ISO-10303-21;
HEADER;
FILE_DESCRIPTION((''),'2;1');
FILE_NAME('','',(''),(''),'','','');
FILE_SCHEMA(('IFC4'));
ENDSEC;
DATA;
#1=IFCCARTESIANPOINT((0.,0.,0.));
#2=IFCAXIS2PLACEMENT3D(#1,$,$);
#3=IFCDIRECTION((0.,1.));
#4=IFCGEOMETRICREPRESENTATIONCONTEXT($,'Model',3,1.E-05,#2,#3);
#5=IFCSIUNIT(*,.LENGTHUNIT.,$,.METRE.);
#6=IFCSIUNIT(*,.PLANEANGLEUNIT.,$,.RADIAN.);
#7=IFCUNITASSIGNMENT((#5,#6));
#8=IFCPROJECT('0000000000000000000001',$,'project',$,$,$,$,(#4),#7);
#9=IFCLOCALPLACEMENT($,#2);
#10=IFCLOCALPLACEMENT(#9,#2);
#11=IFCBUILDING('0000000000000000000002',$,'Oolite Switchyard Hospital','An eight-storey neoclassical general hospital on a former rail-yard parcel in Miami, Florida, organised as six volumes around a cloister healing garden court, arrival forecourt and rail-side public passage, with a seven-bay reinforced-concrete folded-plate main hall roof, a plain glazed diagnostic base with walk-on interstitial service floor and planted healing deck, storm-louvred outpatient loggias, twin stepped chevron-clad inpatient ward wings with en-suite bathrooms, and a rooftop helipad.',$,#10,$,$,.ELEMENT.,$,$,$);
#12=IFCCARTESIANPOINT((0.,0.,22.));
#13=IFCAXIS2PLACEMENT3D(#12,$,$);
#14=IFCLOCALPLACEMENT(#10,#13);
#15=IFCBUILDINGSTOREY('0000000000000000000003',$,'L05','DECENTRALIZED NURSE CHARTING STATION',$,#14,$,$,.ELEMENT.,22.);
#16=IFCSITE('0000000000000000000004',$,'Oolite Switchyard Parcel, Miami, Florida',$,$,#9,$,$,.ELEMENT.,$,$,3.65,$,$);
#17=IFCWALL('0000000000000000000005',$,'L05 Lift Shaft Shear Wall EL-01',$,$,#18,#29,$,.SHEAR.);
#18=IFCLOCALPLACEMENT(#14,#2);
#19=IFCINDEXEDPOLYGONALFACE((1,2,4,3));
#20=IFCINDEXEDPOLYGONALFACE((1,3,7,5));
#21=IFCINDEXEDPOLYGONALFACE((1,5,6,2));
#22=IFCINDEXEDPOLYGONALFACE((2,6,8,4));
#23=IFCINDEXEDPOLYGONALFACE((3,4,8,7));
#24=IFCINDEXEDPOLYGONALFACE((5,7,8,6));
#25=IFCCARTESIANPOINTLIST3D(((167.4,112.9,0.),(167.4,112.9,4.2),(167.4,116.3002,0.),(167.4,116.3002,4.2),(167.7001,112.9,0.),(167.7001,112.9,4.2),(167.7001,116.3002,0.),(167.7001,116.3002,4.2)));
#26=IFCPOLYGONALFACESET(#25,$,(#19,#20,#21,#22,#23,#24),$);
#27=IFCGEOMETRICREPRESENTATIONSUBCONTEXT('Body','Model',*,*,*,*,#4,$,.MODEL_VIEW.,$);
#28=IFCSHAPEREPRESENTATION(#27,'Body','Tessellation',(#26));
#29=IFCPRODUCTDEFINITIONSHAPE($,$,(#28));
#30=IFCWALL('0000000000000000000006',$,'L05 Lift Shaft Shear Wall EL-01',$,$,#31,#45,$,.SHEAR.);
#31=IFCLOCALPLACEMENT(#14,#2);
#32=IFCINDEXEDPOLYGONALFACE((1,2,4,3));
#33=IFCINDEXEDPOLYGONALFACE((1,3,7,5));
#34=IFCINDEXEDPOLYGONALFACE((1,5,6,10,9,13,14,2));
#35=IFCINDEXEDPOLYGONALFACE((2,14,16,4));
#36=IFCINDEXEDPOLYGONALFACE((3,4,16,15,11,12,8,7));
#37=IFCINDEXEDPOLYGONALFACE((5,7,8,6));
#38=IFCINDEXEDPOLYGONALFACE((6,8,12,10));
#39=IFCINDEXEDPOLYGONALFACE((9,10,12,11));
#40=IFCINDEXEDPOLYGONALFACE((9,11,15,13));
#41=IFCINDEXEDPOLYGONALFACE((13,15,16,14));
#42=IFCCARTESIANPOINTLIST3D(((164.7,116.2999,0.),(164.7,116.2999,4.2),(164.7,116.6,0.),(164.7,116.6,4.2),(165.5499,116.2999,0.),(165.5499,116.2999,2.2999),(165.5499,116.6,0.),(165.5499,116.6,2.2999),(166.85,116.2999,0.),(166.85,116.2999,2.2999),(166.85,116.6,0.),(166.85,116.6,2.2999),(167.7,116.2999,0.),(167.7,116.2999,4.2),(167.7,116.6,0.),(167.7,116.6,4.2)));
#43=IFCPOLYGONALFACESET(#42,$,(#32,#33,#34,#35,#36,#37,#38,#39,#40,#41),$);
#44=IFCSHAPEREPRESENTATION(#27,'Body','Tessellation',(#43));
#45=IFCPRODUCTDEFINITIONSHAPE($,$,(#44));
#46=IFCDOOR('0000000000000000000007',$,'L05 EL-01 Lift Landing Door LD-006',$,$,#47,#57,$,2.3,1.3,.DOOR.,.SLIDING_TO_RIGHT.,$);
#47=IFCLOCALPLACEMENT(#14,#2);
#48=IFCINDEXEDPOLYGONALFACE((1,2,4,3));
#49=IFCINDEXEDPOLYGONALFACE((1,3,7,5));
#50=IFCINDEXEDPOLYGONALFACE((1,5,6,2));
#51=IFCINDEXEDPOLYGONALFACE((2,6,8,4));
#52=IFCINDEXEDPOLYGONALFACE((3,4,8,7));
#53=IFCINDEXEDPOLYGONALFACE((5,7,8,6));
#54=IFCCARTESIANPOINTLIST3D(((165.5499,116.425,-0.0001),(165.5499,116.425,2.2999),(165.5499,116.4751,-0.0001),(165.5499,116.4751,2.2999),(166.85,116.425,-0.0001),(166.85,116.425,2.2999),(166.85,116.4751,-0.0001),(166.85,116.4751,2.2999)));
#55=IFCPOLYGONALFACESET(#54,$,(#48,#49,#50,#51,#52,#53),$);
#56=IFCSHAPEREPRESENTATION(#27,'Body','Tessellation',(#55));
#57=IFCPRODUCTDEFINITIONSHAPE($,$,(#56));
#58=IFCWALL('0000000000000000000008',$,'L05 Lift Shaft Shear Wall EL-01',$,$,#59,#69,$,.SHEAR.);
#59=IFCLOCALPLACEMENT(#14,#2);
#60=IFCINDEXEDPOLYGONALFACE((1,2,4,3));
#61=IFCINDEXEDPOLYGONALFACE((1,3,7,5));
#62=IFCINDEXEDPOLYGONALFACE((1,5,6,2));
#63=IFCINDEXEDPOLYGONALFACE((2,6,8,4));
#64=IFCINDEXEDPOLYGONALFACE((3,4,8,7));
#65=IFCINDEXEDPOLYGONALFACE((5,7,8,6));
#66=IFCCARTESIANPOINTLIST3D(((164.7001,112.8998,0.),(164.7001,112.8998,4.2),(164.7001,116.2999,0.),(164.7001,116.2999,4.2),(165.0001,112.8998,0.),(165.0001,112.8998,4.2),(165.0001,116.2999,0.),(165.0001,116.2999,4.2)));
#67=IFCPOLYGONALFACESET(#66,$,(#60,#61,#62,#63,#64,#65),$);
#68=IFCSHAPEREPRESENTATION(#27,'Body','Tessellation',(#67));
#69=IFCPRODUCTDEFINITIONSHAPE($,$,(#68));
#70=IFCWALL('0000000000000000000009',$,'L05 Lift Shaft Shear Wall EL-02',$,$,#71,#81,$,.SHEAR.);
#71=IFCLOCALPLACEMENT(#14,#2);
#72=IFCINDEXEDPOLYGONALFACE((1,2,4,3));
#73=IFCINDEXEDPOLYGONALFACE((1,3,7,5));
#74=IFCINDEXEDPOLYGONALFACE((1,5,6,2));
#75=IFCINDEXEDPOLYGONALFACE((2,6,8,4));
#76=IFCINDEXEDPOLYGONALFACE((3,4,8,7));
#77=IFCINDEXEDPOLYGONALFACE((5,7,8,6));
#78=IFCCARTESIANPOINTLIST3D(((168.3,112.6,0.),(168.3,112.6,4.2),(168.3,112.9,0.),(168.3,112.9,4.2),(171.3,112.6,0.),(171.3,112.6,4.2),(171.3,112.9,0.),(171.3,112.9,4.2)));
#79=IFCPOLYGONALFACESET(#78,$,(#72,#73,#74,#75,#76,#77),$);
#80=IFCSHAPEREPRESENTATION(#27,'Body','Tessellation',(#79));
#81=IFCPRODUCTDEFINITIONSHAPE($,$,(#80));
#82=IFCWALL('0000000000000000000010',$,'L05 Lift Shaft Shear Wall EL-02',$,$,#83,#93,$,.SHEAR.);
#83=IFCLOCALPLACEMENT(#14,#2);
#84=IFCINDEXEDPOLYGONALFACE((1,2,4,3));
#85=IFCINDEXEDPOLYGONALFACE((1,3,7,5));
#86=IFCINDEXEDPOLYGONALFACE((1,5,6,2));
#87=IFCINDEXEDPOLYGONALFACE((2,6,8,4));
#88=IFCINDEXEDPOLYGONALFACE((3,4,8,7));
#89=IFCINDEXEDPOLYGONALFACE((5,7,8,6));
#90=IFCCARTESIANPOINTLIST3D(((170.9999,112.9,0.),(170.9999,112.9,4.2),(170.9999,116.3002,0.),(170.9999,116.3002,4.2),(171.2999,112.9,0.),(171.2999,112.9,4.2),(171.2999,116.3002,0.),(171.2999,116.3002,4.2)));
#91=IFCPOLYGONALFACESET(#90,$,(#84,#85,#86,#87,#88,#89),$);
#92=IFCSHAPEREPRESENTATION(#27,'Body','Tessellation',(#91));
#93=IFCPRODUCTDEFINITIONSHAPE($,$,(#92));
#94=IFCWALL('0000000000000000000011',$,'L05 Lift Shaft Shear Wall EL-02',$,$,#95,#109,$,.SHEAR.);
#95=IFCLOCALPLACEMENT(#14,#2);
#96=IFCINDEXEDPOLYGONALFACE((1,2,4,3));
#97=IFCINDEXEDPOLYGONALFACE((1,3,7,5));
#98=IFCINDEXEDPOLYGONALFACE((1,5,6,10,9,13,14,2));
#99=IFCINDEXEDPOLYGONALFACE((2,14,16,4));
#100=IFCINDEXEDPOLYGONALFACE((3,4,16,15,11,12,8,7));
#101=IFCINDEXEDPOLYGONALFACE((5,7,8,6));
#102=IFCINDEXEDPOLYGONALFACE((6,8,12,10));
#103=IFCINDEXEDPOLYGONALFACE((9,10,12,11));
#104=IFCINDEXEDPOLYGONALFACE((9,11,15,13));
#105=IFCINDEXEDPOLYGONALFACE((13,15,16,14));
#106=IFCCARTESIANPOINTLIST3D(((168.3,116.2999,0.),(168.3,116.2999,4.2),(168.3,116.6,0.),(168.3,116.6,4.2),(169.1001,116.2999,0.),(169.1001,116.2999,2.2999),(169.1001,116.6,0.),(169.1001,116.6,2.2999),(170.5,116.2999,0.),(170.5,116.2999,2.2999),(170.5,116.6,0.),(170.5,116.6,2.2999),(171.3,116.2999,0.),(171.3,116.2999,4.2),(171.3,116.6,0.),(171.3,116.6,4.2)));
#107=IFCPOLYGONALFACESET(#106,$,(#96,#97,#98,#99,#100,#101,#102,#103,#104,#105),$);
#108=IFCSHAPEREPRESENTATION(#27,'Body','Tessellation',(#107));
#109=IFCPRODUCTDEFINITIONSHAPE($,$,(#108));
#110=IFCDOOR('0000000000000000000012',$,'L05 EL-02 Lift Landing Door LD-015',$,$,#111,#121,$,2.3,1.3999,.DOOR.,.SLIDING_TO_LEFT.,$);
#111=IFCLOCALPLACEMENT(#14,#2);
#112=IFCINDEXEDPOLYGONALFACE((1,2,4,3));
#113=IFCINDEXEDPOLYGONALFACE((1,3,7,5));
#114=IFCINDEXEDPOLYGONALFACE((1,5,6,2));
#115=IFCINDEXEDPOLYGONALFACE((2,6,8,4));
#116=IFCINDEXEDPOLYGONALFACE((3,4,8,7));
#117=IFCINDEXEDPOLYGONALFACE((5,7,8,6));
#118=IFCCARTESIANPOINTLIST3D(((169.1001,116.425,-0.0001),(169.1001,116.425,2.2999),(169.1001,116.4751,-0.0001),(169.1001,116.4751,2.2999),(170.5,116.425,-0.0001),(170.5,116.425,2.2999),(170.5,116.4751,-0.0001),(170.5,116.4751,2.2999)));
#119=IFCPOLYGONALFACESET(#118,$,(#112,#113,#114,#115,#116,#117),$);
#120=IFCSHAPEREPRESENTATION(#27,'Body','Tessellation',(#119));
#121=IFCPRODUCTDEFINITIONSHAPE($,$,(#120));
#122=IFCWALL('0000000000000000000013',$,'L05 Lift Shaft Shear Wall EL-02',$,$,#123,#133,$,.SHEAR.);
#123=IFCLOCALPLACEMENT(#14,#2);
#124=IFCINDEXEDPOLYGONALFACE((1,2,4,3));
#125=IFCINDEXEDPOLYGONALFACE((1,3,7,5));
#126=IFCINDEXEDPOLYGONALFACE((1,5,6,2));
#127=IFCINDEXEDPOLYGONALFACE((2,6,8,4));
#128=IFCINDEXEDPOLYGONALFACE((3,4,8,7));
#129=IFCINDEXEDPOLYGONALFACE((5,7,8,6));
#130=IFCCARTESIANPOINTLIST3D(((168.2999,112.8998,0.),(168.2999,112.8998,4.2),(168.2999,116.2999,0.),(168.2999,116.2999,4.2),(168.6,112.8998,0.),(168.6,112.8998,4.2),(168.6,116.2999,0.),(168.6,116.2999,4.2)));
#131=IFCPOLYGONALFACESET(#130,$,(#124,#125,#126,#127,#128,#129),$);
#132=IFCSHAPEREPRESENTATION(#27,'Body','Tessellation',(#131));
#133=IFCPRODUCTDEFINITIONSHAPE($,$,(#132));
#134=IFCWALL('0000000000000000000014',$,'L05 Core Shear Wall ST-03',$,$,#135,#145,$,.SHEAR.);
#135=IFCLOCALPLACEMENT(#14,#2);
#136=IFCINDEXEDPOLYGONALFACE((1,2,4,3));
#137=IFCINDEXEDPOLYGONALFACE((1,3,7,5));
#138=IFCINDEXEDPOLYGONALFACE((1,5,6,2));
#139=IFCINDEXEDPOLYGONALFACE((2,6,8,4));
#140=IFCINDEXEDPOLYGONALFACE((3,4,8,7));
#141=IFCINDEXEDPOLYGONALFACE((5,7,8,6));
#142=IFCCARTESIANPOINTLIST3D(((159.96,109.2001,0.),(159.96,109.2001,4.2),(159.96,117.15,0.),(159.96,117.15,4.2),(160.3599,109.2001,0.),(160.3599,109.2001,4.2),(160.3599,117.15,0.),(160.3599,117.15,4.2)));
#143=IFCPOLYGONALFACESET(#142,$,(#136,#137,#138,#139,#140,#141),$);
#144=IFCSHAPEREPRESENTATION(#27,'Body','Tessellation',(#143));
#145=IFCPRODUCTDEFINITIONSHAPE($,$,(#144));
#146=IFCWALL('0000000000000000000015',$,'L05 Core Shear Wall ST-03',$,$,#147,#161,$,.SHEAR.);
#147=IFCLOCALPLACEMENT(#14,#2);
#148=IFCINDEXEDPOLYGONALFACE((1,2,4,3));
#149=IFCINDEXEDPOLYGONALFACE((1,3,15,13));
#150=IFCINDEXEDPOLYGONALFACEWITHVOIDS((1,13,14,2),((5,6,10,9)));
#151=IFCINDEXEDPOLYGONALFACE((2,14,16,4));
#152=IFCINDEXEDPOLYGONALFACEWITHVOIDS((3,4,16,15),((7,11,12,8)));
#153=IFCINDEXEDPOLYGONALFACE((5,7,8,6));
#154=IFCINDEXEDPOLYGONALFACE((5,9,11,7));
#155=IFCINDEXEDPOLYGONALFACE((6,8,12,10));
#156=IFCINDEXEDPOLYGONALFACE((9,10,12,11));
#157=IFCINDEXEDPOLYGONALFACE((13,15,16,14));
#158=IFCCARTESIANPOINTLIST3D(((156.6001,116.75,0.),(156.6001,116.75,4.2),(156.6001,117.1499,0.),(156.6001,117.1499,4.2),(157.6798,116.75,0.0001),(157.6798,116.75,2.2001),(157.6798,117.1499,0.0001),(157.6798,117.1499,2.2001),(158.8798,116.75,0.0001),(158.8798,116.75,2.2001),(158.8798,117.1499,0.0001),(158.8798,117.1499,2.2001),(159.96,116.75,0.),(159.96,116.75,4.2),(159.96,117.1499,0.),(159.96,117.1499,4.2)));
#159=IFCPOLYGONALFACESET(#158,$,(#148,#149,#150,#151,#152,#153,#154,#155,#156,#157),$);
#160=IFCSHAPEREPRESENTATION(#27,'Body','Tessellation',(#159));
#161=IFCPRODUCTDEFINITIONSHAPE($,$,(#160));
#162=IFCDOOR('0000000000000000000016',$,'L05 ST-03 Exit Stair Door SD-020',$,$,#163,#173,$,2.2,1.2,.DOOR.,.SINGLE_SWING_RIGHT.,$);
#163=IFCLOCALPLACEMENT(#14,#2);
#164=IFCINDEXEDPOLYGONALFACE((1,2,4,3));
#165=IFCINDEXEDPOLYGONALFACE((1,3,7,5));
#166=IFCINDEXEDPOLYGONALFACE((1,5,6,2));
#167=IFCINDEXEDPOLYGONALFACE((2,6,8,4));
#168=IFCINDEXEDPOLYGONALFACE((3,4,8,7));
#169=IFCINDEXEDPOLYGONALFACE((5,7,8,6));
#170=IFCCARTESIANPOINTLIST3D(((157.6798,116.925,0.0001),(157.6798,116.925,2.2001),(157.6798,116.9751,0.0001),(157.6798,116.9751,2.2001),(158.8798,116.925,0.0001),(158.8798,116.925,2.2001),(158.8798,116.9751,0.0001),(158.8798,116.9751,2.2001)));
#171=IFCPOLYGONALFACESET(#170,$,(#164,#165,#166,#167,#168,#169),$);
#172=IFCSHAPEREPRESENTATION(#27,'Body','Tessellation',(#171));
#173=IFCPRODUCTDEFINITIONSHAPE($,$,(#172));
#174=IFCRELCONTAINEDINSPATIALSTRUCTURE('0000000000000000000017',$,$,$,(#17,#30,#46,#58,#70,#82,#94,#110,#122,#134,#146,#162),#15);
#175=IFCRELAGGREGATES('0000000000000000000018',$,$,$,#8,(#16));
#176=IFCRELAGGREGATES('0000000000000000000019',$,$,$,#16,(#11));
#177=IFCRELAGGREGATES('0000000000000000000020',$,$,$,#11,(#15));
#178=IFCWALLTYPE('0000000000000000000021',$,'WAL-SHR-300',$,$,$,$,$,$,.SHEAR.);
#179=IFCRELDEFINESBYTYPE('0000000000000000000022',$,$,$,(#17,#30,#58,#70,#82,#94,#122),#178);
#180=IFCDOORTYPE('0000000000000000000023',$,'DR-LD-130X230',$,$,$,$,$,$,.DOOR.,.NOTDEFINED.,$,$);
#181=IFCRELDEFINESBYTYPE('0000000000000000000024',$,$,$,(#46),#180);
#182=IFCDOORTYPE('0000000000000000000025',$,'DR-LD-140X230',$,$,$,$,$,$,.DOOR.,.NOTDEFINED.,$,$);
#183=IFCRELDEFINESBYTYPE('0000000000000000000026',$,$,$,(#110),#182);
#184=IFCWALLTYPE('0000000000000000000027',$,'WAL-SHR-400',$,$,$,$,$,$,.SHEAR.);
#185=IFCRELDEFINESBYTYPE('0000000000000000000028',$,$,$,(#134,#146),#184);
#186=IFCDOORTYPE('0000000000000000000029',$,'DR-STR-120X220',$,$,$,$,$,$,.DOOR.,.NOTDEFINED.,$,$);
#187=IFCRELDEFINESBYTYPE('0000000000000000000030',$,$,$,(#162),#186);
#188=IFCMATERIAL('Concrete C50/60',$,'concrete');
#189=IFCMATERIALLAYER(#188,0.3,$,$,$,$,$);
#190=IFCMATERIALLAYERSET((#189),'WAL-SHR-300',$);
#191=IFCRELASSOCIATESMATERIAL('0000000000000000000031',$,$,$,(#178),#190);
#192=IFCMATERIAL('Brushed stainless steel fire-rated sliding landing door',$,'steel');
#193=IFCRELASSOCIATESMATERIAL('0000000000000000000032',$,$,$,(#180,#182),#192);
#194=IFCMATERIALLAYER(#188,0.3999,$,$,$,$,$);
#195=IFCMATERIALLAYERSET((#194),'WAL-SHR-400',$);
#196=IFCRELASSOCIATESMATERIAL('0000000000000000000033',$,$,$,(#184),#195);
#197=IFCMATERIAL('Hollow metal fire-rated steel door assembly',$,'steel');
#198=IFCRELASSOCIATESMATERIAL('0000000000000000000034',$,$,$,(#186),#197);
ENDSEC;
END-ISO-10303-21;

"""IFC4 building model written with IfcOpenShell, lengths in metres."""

from ifc_helpers import new_model, si_unit, direction, frame, frame_2d, origin, place, context, subcontext, project, spatial, rectangle, extrude, material, layer, layer_set, type_object, element, fill, save


model = new_model("IFC4")

# Units and contexts
model_context = context("Model", 3, precision=1e-05, world=origin(), true_north=direction((0.0, 1.0)))
body_context = subcontext(model_context, "Body", "Model", "MODEL_VIEW")
ifc_project = project(units=[si_unit("LENGTHUNIT", "METRE"), si_unit("PLANEANGLEUNIT", "RADIAN")], contexts=[model_context])

# Site, building, storey
site_placement = place(None, origin())
site = spatial("IfcSite", under=ifc_project, at=site_placement, Name="Oolite Switchyard Parcel, Miami, Florida", CompositionType="ELEMENT", RefElevation=3.65)
building_placement = place(site_placement, origin())
building = spatial("IfcBuilding", under=site, at=building_placement, Name="Oolite Switchyard Hospital", Description="An eight-storey neoclassical general hospital on a former rail-yard parcel in Miami, Florida, organised as six volumes around a cloister healing garden court, arrival forecourt and rail-side public passage, with a seven-bay reinforced-concrete folded-plate main hall roof, a plain glazed diagnostic base with walk-on interstitial service floor and planted healing deck, storm-louvred outpatient loggias, twin stepped chevron-clad inpatient ward wings with en-suite bathrooms, and a rooftop helipad.", CompositionType="ELEMENT")
storey_placement = place(building_placement, frame((0.0, 0.0, 22.0)))
storey = spatial("IfcBuildingStorey", under=building, at=storey_placement, Name="L05", Description="DECENTRALIZED NURSE CHARTING STATION", CompositionType="ELEMENT", Elevation=22.0)

# Shared definitions
ifc_material_1 = material(Name="Concrete C50/60", Category="concrete")

# Wall
ifc_layer_1 = layer(ifc_material_1, 0.3)
ifc_layer_set_1 = layer_set([ifc_layer_1], Name="WAL-SHR-300")
wall_type_1 = type_object("IfcWallType", Name="WAL-SHR-300", PredefinedType="SHEAR", material=ifc_layer_set_1)
wall_1_placement = place(storey_placement, frame((167.55, 112.8999, 0.0), z_axis=(0.0, 0.0, 1.0), x_axis=(0.0, 1.0, 0.0)))
element("IfcWall", 1, at=wall_1_placement, inside=storey, type_object=wall_type_1, Name="L05 Lift Shaft Shear Wall EL-01", PredefinedType="SHEAR", context=body_context, shape_type="SweptSolid", body=[
    extrude(rectangle(XDim=3.4001, YDim=0.3, at=frame_2d((1.7002, 0.0))), origin(), (0.0, 0.0, 1.0), 4.2),
])

# Wall, opening, door
wall_2_placement = place(storey_placement, frame((167.7, 116.45, 0.0), z_axis=(0.0, 0.0, 1.0), x_axis=(-1.0, 0.0, 0.0)))
wall_2 = element("IfcWall", 2, at=wall_2_placement, inside=storey, type_object=wall_type_1, Name="L05 Lift Shaft Shear Wall EL-01", PredefinedType="SHEAR", context=body_context, shape_type="SweptSolid", body=[
    extrude(rectangle(XDim=3.0, YDim=0.3, at=frame_2d((1.5, 0.0))), origin(), (0.0, 0.0, 1.0), 4.2),
])
opening_1_placement = place(wall_2_placement, frame((0.8501, 0.0, 0.0)))
opening_1 = element("IfcOpeningElement", 3, at=opening_1_placement, cuts=wall_2, PredefinedType="OPENING", context=body_context, shape_type="SweptSolid", body=[
    extrude(rectangle(XDim=1.3, YDim=2.3, at=frame_2d((0.6499, 1.1499))), frame((0.0, 0.1602, 0.0), z_axis=(0.0, -1.0, 0.0), x_axis=(1.0, 0.0, 0.0)), (0.0, 0.0, 1.0), 0.3201),
])
ifc_material_2 = material(Name="Brushed stainless steel fire-rated sliding landing door", Category="steel")
door_type_1 = type_object("IfcDoorType", Name="DR-LD-130X230", OperationType="NOTDEFINED", PredefinedType="DOOR", material=ifc_material_2)
door_1_placement = place(opening_1_placement, origin())
door_1 = element("IfcDoor", 4, at=door_1_placement, inside=storey, type_object=door_type_1, Name="L05 EL-01 Lift Landing Door LD-006", OperationType="SLIDING_TO_RIGHT", OverallHeight=2.3, OverallWidth=1.3, PredefinedType="DOOR", context=body_context, shape_type="SweptSolid", body=[
    extrude(rectangle(XDim=1.3, YDim=2.3, at=frame_2d((0.6499, 1.1499))), frame((0.0, 0.0249, 0.0), z_axis=(0.0, -1.0, 0.0), x_axis=(1.0, 0.0, 0.0)), (0.0, 0.0, 1.0), 0.05),
])
fill(opening_1, door_1)

# Walls
wall_3_placement = place(storey_placement, frame((164.8501, 116.3, 0.0), z_axis=(0.0, 0.0, 1.0), x_axis=(0.0, -1.0, 0.0)))
element("IfcWall", 5, at=wall_3_placement, inside=storey, type_object=wall_type_1, Name="L05 Lift Shaft Shear Wall EL-01", PredefinedType="SHEAR", context=body_context, shape_type="SweptSolid", body=[
    extrude(rectangle(XDim=3.4001, YDim=0.3, at=frame_2d((1.7002, 0.0))), origin(), (0.0, 0.0, 1.0), 4.2),
])
wall_4_placement = place(storey_placement, frame((168.3, 112.75, 0.0), z_axis=(0.0, 0.0, 1.0), x_axis=(1.0, 0.0, 0.0)))
element("IfcWall", 6, at=wall_4_placement, inside=storey, type_object=wall_type_1, Name="L05 Lift Shaft Shear Wall EL-02", PredefinedType="SHEAR", context=body_context, shape_type="SweptSolid", body=[
    extrude(rectangle(XDim=3.0, YDim=0.3, at=frame_2d((1.5, 0.0))), origin(), (0.0, 0.0, 1.0), 4.2),
])
wall_5_placement = place(storey_placement, frame((171.1499, 112.8999, 0.0), z_axis=(0.0, 0.0, 1.0), x_axis=(0.0, 1.0, 0.0)))
element("IfcWall", 7, at=wall_5_placement, inside=storey, type_object=wall_type_1, Name="L05 Lift Shaft Shear Wall EL-02", PredefinedType="SHEAR", context=body_context, shape_type="SweptSolid", body=[
    extrude(rectangle(XDim=3.4001, YDim=0.3, at=frame_2d((1.7002, 0.0))), origin(), (0.0, 0.0, 1.0), 4.2),
])

# Wall, opening, door
wall_6_placement = place(storey_placement, frame((171.3, 116.45, 0.0), z_axis=(0.0, 0.0, 1.0), x_axis=(-1.0, 0.0, 0.0)))
wall_6 = element("IfcWall", 8, at=wall_6_placement, inside=storey, type_object=wall_type_1, Name="L05 Lift Shaft Shear Wall EL-02", PredefinedType="SHEAR", context=body_context, shape_type="SweptSolid", body=[
    extrude(rectangle(XDim=3.0, YDim=0.3, at=frame_2d((1.5, 0.0))), origin(), (0.0, 0.0, 1.0), 4.2),
])
opening_2_placement = place(wall_6_placement, frame((0.8, 0.0, 0.0)))
opening_2 = element("IfcOpeningElement", 9, at=opening_2_placement, cuts=wall_6, PredefinedType="OPENING", context=body_context, shape_type="SweptSolid", body=[
    extrude(rectangle(XDim=1.3999, YDim=2.3, at=frame_2d((0.7, 1.1499))), frame((0.0, 0.1602, 0.0), z_axis=(0.0, -1.0, 0.0), x_axis=(1.0, 0.0, 0.0)), (0.0, 0.0, 1.0), 0.3201),
])
door_type_2 = type_object("IfcDoorType", Name="DR-LD-140X230", OperationType="NOTDEFINED", PredefinedType="DOOR", material=ifc_material_2)
door_2_placement = place(opening_2_placement, origin())
door_2 = element("IfcDoor", 10, at=door_2_placement, inside=storey, type_object=door_type_2, Name="L05 EL-02 Lift Landing Door LD-015", OperationType="SLIDING_TO_LEFT", OverallHeight=2.3, OverallWidth=1.3999, PredefinedType="DOOR", context=body_context, shape_type="SweptSolid", body=[
    extrude(rectangle(XDim=1.3999, YDim=2.3, at=frame_2d((0.7, 1.1499))), frame((0.0, 0.0249, 0.0), z_axis=(0.0, -1.0, 0.0), x_axis=(1.0, 0.0, 0.0)), (0.0, 0.0, 1.0), 0.05),
])
fill(opening_2, door_2)

# Walls
wall_7_placement = place(storey_placement, frame((168.45, 116.3, 0.0), z_axis=(0.0, 0.0, 1.0), x_axis=(0.0, -1.0, 0.0)))
element("IfcWall", 11, at=wall_7_placement, inside=storey, type_object=wall_type_1, Name="L05 Lift Shaft Shear Wall EL-02", PredefinedType="SHEAR", context=body_context, shape_type="SweptSolid", body=[
    extrude(rectangle(XDim=3.4001, YDim=0.3, at=frame_2d((1.7002, 0.0))), origin(), (0.0, 0.0, 1.0), 4.2),
])
ifc_layer_2 = layer(ifc_material_1, 0.3999)
ifc_layer_set_2 = layer_set([ifc_layer_2], Name="WAL-SHR-400")
wall_type_2 = type_object("IfcWallType", Name="WAL-SHR-400", PredefinedType="SHEAR", material=ifc_layer_set_2)
wall_8_placement = place(storey_placement, frame((160.1599, 109.2, 0.0), z_axis=(0.0, 0.0, 1.0), x_axis=(0.0, 1.0, 0.0)))
element("IfcWall", 12, at=wall_8_placement, inside=storey, type_object=wall_type_2, Name="L05 Core Shear Wall ST-03", PredefinedType="SHEAR", context=body_context, shape_type="SweptSolid", body=[
    extrude(rectangle(XDim=7.95, YDim=0.3999, at=frame_2d((3.9751, 0.0))), origin(), (0.0, 0.0, 1.0), 4.2),
])

# Wall, opening, door
wall_9_placement = place(storey_placement, frame((159.96, 116.95, 0.0), z_axis=(0.0, 0.0, 1.0), x_axis=(-1.0, 0.0, 0.0)))
wall_9 = element("IfcWall", 13, at=wall_9_placement, inside=storey, type_object=wall_type_2, Name="L05 Core Shear Wall ST-03", PredefinedType="SHEAR", context=body_context, shape_type="SweptSolid", body=[
    extrude(rectangle(XDim=3.3599, YDim=0.3999, at=frame_2d((1.6799, 0.0))), origin(), (0.0, 0.0, 1.0), 4.2),
])
opening_3_placement = place(wall_9_placement, frame((1.0801, 0.0, 0.0)))
opening_3 = element("IfcOpeningElement", 14, at=opening_3_placement, cuts=wall_9, PredefinedType="OPENING", context=body_context, shape_type="SweptSolid", body=[
    extrude(rectangle(XDim=1.2, YDim=2.2, at=frame_2d((0.6001, 1.1001))), frame((0.0, 0.21, 0.0), z_axis=(0.0, -1.0, 0.0), x_axis=(1.0, 0.0, 0.0)), (0.0, 0.0, 1.0), 0.4199),
])
ifc_material_3 = material(Name="Hollow metal fire-rated steel door assembly", Category="steel")
door_type_3 = type_object("IfcDoorType", Name="DR-STR-120X220", OperationType="NOTDEFINED", PredefinedType="DOOR", material=ifc_material_3)
door_3_placement = place(opening_3_placement, origin())
door_3 = element("IfcDoor", 15, at=door_3_placement, inside=storey, type_object=door_type_3, Name="L05 ST-03 Exit Stair Door SD-020", OperationType="SINGLE_SWING_RIGHT", OverallHeight=2.2, OverallWidth=1.2, PredefinedType="DOOR", context=body_context, shape_type="SweptSolid", body=[
    extrude(rectangle(XDim=1.2, YDim=2.2, at=frame_2d((0.6001, 1.1001))), frame((0.0, 0.0249, 0.0), z_axis=(0.0, -1.0, 0.0), x_axis=(1.0, 0.0, 0.0)), (0.0, 0.0, 1.0), 0.05),
])
fill(opening_3, door_3)

save(model, "model.ifc")
